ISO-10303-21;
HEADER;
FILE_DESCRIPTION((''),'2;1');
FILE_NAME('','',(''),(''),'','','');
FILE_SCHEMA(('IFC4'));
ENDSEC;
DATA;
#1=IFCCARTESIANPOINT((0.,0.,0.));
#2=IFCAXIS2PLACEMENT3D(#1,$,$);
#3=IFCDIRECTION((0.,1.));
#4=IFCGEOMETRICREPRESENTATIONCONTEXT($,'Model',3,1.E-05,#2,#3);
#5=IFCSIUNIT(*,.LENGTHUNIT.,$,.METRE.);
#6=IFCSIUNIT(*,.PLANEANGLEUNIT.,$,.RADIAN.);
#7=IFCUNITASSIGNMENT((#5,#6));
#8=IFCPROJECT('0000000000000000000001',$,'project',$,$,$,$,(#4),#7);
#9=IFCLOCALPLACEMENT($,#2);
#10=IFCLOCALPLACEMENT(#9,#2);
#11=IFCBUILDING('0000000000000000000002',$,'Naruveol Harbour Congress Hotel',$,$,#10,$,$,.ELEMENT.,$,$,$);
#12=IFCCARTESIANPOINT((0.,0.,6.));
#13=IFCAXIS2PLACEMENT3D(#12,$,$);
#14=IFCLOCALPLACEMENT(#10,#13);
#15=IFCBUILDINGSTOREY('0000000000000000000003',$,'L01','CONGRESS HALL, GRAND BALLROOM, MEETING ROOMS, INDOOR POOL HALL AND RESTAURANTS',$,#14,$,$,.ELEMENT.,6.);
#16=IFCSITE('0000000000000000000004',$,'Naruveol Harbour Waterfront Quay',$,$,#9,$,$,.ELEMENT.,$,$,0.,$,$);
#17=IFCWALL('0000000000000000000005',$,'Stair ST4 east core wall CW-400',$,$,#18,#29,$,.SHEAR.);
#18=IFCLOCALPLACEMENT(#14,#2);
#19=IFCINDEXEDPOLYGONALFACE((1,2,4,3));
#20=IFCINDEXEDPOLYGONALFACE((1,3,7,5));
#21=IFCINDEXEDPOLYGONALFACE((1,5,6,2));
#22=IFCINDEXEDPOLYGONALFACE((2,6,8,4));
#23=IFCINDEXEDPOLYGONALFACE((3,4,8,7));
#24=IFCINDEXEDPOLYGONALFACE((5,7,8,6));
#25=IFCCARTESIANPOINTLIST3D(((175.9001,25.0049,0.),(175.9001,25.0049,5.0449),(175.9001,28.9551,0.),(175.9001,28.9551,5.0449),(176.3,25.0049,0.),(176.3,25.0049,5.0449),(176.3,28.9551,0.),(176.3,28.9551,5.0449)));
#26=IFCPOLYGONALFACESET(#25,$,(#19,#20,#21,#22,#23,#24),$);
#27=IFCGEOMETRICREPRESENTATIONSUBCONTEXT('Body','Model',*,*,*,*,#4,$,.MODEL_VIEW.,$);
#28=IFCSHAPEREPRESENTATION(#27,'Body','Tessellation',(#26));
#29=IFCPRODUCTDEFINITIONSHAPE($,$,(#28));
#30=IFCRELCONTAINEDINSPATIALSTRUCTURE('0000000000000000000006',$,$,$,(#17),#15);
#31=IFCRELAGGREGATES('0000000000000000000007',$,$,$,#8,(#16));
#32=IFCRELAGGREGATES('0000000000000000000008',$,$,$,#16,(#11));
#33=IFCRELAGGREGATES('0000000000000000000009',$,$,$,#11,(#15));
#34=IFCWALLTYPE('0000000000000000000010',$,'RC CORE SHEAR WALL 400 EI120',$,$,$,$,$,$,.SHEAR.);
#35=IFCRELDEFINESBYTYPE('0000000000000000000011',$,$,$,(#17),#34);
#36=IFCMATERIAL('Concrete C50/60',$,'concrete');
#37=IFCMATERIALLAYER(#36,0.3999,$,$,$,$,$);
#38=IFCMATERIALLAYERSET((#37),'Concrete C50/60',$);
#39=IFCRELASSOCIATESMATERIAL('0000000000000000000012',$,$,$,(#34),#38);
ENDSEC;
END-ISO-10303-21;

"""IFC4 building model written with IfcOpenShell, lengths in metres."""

from ifc_helpers import new_model, si_unit, direction, frame, frame_2d, origin, place, context, subcontext, project, spatial, rectangle, extrude, material, layer, layer_set, type_object, element, save


model = new_model("IFC4")

# Units and contexts
model_context = context("Model", 3, precision=1e-05, world=origin(), true_north=direction((0.0, 1.0)))
body_context = subcontext(model_context, "Body", "Model", "MODEL_VIEW")
ifc_project = project(units=[si_unit("LENGTHUNIT", "METRE"), si_unit("PLANEANGLEUNIT", "RADIAN")], contexts=[model_context])

# Site, building, storey
site_placement = place(None, origin())
site = spatial("IfcSite", under=ifc_project, at=site_placement, Name="Naruveol Harbour Waterfront Quay", CompositionType="ELEMENT", RefElevation=0.0)
building_placement = place(site_placement, origin())
building = spatial("IfcBuilding", under=site, at=building_placement, Name="Naruveol Harbour Congress Hotel", CompositionType="ELEMENT")
storey_placement = place(building_placement, frame((0.0, 0.0, 6.0)))
storey = spatial("IfcBuildingStorey", under=building, at=storey_placement, Name="L01", Description="CONGRESS HALL, GRAND BALLROOM, MEETING ROOMS, INDOOR POOL HALL AND RESTAURANTS", CompositionType="ELEMENT", Elevation=6.0)

# Wall
ifc_material_1 = material(Name="Concrete C50/60", Category="concrete")
ifc_layer_1 = layer(ifc_material_1, 0.3999)
ifc_layer_set_1 = layer_set([ifc_layer_1], Name="Concrete C50/60")
wall_type_1 = type_object("IfcWallType", Name="RC CORE SHEAR WALL 400 EI120", PredefinedType="SHEAR", material=ifc_layer_set_1)
wall_1_placement = place(storey_placement, frame((176.1001, 25.0049, 0.0), z_axis=(0.0, 0.0, 1.0), x_axis=(0.0, 1.0, 0.0)))
element("IfcWall", 1, at=wall_1_placement, inside=storey, type_object=wall_type_1, Name="Stair ST4 east core wall CW-400", PredefinedType="SHEAR", context=body_context, shape_type="SweptSolid", body=[
    extrude(rectangle(XDim=3.9502, YDim=0.3999, at=frame_2d((1.9751, 0.0))), origin(), (0.0, 0.0, 1.0), 5.0449),
])

save(model, "model.ifc")
